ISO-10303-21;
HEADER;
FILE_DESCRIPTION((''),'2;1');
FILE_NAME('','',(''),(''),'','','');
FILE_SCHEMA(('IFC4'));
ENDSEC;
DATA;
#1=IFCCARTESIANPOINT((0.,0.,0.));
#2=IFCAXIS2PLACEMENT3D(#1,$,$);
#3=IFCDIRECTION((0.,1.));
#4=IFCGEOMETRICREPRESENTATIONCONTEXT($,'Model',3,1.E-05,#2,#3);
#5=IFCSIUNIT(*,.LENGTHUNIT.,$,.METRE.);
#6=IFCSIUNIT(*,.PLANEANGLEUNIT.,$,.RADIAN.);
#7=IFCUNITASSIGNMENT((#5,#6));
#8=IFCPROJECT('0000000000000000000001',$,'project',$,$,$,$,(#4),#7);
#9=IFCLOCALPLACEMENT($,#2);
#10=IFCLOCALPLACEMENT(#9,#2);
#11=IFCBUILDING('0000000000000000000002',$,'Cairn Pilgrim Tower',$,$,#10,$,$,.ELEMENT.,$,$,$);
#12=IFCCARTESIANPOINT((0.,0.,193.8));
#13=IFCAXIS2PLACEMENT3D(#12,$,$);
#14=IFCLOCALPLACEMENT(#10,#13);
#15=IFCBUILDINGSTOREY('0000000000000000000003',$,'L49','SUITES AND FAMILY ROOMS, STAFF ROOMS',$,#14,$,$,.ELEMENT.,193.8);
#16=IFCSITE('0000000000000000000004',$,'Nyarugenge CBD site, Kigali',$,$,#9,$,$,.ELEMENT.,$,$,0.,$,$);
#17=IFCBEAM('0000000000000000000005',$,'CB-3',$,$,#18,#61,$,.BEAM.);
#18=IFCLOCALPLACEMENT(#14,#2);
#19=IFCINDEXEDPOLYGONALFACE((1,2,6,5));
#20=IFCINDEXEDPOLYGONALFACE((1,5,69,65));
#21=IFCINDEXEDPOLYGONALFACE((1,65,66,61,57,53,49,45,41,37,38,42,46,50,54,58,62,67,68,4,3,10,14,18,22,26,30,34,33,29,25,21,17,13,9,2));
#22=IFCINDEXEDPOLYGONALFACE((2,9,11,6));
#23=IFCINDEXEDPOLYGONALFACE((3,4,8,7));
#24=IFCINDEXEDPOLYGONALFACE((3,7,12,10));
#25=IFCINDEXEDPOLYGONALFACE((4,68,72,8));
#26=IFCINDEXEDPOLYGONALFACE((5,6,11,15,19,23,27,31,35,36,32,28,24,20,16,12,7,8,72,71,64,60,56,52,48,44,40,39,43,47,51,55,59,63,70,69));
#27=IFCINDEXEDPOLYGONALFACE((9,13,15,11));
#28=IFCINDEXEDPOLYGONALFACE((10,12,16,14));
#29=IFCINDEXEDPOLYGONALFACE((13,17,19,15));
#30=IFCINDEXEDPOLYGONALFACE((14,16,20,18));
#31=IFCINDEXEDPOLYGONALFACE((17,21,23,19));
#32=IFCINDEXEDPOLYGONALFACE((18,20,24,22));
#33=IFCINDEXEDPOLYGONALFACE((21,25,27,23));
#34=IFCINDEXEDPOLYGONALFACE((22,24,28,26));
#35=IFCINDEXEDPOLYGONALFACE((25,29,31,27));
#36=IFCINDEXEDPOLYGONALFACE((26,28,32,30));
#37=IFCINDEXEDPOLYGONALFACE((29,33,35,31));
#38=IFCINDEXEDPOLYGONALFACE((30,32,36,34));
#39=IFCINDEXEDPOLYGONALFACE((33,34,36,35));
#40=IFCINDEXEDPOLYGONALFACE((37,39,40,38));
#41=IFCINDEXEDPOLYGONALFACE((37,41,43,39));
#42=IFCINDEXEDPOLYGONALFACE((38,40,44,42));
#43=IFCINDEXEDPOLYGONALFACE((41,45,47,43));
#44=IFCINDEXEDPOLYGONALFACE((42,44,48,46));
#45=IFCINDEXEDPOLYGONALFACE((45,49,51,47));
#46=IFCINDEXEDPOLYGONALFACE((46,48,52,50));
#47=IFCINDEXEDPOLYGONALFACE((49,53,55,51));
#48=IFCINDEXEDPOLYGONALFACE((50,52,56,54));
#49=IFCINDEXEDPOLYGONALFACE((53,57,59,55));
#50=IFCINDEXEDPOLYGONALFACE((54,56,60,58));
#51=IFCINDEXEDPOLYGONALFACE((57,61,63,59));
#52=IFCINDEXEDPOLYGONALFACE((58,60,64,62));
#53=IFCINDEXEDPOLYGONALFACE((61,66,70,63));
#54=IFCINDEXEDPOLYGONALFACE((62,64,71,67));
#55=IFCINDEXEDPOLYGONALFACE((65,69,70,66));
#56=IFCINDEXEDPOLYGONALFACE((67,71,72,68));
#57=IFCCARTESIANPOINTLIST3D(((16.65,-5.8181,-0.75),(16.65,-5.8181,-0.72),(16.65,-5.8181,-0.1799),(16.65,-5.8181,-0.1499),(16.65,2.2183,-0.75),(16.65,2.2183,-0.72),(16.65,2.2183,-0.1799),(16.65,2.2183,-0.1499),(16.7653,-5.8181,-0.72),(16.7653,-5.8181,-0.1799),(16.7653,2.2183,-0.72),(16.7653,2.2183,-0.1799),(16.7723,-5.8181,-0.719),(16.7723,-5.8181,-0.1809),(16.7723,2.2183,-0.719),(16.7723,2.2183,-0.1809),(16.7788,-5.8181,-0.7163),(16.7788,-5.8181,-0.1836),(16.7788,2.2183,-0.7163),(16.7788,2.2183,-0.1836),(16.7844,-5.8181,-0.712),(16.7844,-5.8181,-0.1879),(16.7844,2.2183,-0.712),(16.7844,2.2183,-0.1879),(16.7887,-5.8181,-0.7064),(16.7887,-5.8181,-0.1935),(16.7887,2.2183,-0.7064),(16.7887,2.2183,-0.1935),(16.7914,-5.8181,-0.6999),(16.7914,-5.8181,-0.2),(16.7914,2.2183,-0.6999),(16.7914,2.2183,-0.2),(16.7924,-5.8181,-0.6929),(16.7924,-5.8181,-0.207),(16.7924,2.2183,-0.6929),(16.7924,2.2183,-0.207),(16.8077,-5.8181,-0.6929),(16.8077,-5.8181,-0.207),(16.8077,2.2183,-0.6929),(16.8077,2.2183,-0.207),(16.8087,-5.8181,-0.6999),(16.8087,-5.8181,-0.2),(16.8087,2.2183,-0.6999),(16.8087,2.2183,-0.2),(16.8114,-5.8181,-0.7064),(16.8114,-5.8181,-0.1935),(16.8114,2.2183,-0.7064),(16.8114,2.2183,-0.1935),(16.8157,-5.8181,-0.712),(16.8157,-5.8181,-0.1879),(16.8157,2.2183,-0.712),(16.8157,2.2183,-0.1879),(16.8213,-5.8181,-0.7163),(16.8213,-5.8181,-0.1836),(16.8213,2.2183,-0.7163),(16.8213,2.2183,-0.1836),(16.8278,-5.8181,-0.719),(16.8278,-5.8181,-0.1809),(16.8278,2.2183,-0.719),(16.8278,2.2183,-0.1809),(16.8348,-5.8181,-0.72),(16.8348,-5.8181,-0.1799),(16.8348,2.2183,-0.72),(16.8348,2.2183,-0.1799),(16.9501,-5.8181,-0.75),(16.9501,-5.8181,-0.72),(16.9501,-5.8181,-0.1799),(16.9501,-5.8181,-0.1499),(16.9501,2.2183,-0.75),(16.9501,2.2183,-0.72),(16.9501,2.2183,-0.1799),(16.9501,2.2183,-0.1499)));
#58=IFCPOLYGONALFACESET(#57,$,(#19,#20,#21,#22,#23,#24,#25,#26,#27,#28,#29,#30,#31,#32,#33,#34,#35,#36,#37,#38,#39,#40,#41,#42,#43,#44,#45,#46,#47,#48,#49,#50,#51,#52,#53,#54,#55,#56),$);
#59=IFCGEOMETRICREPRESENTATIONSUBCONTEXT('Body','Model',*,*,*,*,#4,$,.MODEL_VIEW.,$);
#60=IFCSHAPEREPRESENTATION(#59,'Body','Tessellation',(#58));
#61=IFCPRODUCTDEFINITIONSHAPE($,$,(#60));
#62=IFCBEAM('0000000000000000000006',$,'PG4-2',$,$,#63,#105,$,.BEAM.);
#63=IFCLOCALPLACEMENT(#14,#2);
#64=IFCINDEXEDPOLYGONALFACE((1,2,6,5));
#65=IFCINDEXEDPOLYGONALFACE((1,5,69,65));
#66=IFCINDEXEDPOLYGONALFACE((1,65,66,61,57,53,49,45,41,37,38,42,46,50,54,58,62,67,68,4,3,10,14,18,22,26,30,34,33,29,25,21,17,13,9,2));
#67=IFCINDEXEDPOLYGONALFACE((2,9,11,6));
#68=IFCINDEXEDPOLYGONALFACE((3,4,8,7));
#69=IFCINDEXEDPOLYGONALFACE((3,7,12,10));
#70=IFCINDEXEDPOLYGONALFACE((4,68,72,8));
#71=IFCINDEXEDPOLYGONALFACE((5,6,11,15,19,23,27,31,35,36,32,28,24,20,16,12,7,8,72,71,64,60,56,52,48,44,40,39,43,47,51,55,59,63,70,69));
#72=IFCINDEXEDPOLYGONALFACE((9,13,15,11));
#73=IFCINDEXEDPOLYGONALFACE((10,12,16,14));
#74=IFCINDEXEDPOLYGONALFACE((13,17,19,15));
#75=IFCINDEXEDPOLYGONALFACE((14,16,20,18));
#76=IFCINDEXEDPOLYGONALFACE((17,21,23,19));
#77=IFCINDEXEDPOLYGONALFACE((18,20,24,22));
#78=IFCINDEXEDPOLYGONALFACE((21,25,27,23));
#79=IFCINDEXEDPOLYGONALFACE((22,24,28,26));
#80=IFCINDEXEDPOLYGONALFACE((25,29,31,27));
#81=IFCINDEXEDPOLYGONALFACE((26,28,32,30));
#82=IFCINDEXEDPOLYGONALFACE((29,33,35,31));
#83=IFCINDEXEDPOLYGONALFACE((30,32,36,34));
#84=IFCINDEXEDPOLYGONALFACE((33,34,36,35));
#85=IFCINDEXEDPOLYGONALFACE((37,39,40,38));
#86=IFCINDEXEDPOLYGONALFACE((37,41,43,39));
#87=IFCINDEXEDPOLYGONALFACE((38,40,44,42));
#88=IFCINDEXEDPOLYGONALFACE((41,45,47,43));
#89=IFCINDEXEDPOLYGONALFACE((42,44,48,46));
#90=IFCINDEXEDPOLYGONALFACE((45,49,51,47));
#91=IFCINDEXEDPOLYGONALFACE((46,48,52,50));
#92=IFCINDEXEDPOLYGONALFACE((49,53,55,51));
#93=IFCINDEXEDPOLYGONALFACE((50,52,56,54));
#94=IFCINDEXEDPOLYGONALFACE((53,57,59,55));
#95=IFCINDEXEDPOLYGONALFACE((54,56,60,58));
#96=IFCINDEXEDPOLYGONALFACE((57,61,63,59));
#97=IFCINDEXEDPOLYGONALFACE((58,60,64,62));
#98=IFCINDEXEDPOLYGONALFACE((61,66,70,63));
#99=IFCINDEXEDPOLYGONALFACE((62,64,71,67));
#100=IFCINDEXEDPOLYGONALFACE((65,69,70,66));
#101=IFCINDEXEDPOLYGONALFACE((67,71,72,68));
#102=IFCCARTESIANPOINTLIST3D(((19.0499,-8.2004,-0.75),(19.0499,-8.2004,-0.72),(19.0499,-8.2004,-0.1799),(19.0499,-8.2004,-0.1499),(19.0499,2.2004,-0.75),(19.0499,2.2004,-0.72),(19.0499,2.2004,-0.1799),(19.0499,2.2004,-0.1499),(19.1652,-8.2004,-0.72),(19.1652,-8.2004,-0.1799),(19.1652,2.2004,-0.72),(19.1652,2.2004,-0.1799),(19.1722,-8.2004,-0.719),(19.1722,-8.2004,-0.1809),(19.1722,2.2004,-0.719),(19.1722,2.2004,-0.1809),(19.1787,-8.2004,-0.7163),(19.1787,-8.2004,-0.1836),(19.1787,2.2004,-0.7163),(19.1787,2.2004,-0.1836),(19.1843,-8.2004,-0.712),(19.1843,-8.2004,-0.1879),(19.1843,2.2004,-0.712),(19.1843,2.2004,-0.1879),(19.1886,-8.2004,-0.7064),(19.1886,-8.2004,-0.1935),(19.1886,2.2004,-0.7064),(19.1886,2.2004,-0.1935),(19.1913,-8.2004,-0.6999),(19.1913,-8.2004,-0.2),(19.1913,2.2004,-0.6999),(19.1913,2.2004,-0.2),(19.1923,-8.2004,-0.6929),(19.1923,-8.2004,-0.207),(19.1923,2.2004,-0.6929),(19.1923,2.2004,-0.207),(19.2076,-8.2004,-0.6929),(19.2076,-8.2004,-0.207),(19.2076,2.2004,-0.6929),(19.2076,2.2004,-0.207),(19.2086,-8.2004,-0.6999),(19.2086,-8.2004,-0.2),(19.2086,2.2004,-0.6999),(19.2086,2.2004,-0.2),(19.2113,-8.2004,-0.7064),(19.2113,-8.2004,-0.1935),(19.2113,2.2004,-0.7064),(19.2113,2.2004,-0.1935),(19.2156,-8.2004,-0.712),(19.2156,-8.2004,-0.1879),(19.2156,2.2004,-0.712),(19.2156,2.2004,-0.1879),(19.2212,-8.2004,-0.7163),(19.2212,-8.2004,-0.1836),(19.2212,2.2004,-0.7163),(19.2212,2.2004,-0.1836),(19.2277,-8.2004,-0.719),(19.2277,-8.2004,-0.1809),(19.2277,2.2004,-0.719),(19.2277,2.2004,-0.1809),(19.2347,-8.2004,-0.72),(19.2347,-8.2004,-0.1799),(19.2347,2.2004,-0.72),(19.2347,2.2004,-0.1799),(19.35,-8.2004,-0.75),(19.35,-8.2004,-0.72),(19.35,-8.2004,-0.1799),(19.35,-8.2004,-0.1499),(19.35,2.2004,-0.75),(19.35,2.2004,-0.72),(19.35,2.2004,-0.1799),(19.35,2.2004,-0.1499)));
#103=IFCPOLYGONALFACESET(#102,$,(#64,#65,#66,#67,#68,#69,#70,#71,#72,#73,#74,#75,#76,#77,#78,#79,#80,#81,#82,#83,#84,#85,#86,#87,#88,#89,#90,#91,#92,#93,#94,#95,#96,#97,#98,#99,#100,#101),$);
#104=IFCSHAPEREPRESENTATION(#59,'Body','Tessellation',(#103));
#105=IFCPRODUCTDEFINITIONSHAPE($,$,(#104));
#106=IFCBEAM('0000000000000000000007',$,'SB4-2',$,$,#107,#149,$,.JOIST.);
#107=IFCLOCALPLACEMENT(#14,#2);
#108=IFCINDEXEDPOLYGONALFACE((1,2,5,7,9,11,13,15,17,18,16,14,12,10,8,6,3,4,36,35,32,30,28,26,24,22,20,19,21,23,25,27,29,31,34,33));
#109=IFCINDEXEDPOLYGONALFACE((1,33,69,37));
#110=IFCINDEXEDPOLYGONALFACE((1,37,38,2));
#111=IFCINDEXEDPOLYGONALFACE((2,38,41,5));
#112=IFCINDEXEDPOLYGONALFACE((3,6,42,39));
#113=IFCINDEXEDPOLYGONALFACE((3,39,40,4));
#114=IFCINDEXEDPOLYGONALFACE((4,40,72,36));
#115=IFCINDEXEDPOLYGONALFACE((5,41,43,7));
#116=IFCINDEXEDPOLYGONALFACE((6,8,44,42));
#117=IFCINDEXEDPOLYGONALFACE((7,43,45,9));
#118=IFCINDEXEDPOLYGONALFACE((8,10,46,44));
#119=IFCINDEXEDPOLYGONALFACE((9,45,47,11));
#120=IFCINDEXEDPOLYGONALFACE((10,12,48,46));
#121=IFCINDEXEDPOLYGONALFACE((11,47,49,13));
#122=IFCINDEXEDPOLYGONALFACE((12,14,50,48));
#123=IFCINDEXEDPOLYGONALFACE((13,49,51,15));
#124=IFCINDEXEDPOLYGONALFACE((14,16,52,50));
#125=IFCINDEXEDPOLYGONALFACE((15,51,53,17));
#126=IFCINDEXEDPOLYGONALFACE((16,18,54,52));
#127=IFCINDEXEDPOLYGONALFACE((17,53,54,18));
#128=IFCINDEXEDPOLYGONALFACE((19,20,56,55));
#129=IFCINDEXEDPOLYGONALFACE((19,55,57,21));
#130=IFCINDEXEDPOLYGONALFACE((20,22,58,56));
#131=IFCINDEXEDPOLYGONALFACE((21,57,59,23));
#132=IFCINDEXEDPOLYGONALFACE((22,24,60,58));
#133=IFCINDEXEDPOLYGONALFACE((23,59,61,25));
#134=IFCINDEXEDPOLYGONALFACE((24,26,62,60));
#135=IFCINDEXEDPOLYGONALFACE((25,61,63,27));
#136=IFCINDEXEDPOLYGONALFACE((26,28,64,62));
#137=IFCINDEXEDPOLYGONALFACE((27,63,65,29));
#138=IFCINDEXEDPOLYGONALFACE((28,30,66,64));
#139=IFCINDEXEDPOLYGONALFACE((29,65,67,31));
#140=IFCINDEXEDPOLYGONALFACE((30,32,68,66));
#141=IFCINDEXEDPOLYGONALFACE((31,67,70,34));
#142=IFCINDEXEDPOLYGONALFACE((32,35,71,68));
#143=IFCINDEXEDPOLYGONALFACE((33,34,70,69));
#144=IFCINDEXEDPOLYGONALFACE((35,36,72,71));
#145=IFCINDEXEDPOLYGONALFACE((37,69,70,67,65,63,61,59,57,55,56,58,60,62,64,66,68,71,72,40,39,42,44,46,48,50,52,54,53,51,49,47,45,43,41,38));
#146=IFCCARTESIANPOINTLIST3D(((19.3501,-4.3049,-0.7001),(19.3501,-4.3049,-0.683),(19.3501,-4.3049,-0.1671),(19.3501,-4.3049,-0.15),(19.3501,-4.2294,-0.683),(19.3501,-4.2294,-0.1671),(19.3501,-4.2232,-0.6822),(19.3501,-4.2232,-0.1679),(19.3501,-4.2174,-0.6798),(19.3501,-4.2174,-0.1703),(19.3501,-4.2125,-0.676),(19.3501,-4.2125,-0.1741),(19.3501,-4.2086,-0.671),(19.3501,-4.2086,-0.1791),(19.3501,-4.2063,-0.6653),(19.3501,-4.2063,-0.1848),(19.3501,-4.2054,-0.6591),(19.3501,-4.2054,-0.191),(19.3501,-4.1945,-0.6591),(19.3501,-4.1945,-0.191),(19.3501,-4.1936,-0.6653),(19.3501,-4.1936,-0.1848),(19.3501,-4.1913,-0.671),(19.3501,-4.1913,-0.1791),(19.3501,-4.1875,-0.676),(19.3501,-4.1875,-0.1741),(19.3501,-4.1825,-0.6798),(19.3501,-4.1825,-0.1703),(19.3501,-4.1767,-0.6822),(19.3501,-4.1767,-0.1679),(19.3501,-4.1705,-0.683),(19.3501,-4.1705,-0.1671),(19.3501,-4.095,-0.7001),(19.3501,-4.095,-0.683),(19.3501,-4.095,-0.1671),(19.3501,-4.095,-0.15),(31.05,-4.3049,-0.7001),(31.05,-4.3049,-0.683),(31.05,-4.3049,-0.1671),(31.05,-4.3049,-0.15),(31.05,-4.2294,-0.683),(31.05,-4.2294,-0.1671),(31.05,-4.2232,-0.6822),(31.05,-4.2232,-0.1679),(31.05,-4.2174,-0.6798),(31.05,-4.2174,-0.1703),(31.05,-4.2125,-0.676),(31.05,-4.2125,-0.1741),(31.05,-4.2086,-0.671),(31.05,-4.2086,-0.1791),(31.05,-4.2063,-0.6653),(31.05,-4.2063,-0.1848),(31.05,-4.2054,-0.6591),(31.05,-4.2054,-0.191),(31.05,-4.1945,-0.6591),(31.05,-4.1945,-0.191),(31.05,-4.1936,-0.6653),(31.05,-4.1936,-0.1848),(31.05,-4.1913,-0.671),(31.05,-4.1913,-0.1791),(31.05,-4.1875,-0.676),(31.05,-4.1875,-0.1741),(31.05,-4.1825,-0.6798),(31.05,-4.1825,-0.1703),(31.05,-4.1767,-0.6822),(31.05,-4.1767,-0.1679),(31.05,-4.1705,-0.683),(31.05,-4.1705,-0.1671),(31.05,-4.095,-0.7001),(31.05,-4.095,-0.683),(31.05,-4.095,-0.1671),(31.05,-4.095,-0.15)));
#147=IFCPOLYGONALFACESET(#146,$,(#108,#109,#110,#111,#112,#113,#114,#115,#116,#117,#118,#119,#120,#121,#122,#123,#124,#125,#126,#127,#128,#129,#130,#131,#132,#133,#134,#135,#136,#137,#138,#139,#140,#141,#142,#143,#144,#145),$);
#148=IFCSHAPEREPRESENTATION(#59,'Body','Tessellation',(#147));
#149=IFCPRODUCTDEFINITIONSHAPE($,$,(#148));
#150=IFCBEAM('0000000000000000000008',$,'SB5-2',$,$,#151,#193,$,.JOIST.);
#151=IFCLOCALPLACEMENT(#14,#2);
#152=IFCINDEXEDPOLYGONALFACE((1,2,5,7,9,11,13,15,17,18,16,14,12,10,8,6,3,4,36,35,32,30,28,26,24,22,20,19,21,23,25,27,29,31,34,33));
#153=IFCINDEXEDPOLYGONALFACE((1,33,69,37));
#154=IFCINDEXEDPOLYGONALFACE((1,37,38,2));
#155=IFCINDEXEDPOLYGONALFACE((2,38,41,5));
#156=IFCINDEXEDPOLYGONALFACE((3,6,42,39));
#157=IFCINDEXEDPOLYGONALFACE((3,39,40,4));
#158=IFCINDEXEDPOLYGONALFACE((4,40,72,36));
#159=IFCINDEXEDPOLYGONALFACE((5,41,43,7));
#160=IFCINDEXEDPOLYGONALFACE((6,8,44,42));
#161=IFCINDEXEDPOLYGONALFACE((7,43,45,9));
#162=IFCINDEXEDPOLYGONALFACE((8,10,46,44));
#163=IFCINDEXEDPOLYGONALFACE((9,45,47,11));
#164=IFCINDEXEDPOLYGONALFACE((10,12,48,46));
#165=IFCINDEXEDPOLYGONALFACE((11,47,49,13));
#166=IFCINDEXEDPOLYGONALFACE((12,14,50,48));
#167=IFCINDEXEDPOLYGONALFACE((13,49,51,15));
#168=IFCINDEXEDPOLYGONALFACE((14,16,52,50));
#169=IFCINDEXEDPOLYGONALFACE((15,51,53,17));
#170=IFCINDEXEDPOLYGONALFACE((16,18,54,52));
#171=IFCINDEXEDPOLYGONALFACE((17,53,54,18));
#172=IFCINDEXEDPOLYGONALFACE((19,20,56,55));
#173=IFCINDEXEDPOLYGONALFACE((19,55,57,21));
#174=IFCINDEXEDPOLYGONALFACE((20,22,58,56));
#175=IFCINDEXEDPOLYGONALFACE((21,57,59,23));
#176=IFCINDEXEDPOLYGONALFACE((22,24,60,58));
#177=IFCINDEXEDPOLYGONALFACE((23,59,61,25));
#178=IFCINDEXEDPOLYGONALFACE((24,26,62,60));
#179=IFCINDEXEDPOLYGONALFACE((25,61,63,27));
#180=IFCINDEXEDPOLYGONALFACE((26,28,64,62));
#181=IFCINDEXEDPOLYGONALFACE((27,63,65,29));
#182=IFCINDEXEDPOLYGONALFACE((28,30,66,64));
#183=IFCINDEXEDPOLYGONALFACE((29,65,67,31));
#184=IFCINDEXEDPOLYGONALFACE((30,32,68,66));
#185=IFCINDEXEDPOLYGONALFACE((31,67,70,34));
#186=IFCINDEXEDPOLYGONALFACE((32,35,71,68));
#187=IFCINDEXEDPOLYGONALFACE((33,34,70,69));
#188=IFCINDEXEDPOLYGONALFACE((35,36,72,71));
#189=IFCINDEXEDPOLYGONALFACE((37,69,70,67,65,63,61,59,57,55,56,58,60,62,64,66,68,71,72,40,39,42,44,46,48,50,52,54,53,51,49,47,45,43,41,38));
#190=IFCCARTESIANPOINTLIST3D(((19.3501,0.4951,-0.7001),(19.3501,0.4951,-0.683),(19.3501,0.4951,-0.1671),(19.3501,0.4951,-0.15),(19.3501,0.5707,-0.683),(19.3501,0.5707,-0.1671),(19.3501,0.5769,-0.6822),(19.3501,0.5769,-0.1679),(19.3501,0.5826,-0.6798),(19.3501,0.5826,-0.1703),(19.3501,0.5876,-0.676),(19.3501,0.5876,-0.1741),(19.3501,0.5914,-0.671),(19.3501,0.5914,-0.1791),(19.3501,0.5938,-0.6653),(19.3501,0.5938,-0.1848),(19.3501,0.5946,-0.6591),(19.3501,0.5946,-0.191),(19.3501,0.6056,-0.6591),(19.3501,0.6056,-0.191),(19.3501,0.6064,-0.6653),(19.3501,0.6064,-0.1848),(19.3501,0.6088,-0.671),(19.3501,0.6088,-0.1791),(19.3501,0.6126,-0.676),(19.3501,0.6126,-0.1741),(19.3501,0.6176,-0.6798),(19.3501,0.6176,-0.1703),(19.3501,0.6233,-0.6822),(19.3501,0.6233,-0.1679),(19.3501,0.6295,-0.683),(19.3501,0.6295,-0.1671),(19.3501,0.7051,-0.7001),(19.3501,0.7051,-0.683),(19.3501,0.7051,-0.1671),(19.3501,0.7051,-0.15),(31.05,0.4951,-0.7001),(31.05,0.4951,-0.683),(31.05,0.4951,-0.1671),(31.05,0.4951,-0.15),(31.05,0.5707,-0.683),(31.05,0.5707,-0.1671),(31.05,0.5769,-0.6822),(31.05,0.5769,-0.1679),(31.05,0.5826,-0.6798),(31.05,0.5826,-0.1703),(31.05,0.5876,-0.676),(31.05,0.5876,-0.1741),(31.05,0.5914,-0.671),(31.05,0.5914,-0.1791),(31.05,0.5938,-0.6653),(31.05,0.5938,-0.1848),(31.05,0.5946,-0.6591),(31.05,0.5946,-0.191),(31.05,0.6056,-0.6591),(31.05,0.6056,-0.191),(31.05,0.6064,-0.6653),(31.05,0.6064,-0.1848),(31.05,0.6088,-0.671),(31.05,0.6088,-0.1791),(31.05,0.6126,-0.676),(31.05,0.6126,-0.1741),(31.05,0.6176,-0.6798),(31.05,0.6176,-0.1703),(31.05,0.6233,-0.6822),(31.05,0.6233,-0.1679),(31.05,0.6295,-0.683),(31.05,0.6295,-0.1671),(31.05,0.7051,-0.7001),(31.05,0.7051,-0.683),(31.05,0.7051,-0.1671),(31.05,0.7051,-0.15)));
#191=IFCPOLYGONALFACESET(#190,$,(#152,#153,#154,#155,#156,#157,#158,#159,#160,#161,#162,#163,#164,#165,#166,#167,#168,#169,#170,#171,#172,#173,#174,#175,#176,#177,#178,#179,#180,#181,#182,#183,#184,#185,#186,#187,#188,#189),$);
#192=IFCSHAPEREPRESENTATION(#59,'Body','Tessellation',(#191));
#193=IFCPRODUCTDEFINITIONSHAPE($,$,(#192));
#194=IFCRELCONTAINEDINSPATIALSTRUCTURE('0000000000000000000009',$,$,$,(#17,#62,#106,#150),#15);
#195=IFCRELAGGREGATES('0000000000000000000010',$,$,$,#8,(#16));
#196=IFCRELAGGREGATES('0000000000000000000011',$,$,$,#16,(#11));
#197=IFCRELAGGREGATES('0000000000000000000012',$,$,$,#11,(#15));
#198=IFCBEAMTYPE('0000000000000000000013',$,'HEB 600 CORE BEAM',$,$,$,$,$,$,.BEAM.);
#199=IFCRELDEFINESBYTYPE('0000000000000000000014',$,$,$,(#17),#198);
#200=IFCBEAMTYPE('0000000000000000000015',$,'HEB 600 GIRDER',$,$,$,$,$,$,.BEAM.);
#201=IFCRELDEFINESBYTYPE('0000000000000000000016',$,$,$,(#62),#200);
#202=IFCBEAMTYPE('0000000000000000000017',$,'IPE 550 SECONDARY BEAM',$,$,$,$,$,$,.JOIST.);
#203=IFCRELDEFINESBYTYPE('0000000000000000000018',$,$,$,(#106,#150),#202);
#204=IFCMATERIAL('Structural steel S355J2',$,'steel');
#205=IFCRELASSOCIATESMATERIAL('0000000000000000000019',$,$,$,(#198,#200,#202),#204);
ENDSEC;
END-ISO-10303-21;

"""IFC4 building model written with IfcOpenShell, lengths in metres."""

from ifc_helpers import new_model, si_unit, direction, frame, origin, origin_2d, place, context, subcontext, project, spatial, i_section, extrude, material, material_profile, profile_set, type_object, element, save


model = new_model("IFC4")

# Units and contexts
model_context = context("Model", 3, precision=1e-05, world=origin(), true_north=direction((0.0, 1.0)))
body_context = subcontext(model_context, "Body", "Model", "MODEL_VIEW")
ifc_project = project(units=[si_unit("LENGTHUNIT", "METRE"), si_unit("PLANEANGLEUNIT", "RADIAN")], contexts=[model_context])

# Site, building, storey
site_placement = place(None, origin())
site = spatial("IfcSite", under=ifc_project, at=site_placement, Name="Nyarugenge CBD site, Kigali", CompositionType="ELEMENT", RefElevation=0.0)
building_placement = place(site_placement, origin())
building = spatial("IfcBuilding", under=site, at=building_placement, Name="Cairn Pilgrim Tower", CompositionType="ELEMENT")
storey_placement = place(building_placement, frame((0.0, 0.0, 193.8)))
storey = spatial("IfcBuildingStorey", under=building, at=storey_placement, Name="L49", Description="SUITES AND FAMILY ROOMS, STAFF ROOMS", CompositionType="ELEMENT", Elevation=193.8)

# Shared definitions
ifc_material_1 = material(Name="Structural steel S355J2", Category="steel")

# Beams
ifc_material_profile_1 = material_profile(ifc_material_1, i_section(OverallWidth=0.3, OverallDepth=0.6001, WebThickness=0.0154, FlangeThickness=0.03, FilletRadius=0.0271, at=origin_2d()), Name="HEB 600")
ifc_profile_set_1 = profile_set([ifc_material_profile_1], Name="Structural steel S355J2")
beam_type_1 = type_object("IfcBeamType", Name="HEB 600 CORE BEAM", PredefinedType="BEAM", material=ifc_profile_set_1)
beam_1_placement = place(storey_placement, frame((16.8, -5.8181, -0.45), z_axis=(0.0, 1.0, 0.0), x_axis=(-1.0, 0.0, 0.0)))
element("IfcBeam", 1, at=beam_1_placement, inside=storey, type_object=beam_type_1, Name="CB-3", PredefinedType="BEAM", context=body_context, shape_type="SweptSolid", body=[
    extrude(i_section(OverallWidth=0.3, OverallDepth=0.6001, WebThickness=0.0154, FlangeThickness=0.03, FilletRadius=0.0271, at=origin_2d()), origin(), (0.0, 0.0, 1.0), 8.0364),
])
ifc_material_profile_2 = material_profile(ifc_material_1, i_section(OverallWidth=0.3, OverallDepth=0.6001, WebThickness=0.0154, FlangeThickness=0.03, FilletRadius=0.0271, at=origin_2d()), Name="HEB 600")
ifc_profile_set_2 = profile_set([ifc_material_profile_2], Name="Structural steel S355J2")
beam_type_2 = type_object("IfcBeamType", Name="HEB 600 GIRDER", PredefinedType="BEAM", material=ifc_profile_set_2)
beam_2_placement = place(storey_placement, frame((19.2, -8.2004, -0.45), z_axis=(0.0, 1.0, 0.0), x_axis=(-1.0, 0.0, 0.0)))
element("IfcBeam", 2, at=beam_2_placement, inside=storey, type_object=beam_type_2, Name="PG4-2", PredefinedType="BEAM", context=body_context, shape_type="SweptSolid", body=[
    extrude(i_section(OverallWidth=0.3, OverallDepth=0.6001, WebThickness=0.0154, FlangeThickness=0.03, FilletRadius=0.0271, at=origin_2d()), origin(), (0.0, 0.0, 1.0), 10.4009),
])
ifc_material_profile_3 = material_profile(ifc_material_1, i_section(OverallWidth=0.21, OverallDepth=0.55, WebThickness=0.011, FlangeThickness=0.0171, FilletRadius=0.0239, at=origin_2d()), Name="IPE 550")
ifc_profile_set_3 = profile_set([ifc_material_profile_3], Name="Structural steel S355J2")
beam_type_3 = type_object("IfcBeamType", Name="IPE 550 SECONDARY BEAM", PredefinedType="JOIST", material=ifc_profile_set_3)
for number, where, z_axis, x_axis, name in (
    (3, (19.3501, -4.2, -0.425), (1.0, 0.0, 0.0), (0.0, 1.0, 0.0), "SB4-2"),
    (4, (19.3501, 0.6001, -0.425), (1.0, 0.0, 0.0), (0.0, 1.0, 0.0), "SB5-2"),
):
    element("IfcBeam", number, at=place(storey_placement, frame(where, z_axis=z_axis, x_axis=x_axis)), inside=storey, type_object=beam_type_3, Name=name, PredefinedType="JOIST", context=body_context, shape_type="SweptSolid", body=[
        extrude(i_section(OverallWidth=0.21, OverallDepth=0.55, WebThickness=0.011, FlangeThickness=0.0171, FilletRadius=0.0239, at=origin_2d()), origin(), (0.0, 0.0, 1.0), 11.7),
    ])

save(model, "model.ifc")
